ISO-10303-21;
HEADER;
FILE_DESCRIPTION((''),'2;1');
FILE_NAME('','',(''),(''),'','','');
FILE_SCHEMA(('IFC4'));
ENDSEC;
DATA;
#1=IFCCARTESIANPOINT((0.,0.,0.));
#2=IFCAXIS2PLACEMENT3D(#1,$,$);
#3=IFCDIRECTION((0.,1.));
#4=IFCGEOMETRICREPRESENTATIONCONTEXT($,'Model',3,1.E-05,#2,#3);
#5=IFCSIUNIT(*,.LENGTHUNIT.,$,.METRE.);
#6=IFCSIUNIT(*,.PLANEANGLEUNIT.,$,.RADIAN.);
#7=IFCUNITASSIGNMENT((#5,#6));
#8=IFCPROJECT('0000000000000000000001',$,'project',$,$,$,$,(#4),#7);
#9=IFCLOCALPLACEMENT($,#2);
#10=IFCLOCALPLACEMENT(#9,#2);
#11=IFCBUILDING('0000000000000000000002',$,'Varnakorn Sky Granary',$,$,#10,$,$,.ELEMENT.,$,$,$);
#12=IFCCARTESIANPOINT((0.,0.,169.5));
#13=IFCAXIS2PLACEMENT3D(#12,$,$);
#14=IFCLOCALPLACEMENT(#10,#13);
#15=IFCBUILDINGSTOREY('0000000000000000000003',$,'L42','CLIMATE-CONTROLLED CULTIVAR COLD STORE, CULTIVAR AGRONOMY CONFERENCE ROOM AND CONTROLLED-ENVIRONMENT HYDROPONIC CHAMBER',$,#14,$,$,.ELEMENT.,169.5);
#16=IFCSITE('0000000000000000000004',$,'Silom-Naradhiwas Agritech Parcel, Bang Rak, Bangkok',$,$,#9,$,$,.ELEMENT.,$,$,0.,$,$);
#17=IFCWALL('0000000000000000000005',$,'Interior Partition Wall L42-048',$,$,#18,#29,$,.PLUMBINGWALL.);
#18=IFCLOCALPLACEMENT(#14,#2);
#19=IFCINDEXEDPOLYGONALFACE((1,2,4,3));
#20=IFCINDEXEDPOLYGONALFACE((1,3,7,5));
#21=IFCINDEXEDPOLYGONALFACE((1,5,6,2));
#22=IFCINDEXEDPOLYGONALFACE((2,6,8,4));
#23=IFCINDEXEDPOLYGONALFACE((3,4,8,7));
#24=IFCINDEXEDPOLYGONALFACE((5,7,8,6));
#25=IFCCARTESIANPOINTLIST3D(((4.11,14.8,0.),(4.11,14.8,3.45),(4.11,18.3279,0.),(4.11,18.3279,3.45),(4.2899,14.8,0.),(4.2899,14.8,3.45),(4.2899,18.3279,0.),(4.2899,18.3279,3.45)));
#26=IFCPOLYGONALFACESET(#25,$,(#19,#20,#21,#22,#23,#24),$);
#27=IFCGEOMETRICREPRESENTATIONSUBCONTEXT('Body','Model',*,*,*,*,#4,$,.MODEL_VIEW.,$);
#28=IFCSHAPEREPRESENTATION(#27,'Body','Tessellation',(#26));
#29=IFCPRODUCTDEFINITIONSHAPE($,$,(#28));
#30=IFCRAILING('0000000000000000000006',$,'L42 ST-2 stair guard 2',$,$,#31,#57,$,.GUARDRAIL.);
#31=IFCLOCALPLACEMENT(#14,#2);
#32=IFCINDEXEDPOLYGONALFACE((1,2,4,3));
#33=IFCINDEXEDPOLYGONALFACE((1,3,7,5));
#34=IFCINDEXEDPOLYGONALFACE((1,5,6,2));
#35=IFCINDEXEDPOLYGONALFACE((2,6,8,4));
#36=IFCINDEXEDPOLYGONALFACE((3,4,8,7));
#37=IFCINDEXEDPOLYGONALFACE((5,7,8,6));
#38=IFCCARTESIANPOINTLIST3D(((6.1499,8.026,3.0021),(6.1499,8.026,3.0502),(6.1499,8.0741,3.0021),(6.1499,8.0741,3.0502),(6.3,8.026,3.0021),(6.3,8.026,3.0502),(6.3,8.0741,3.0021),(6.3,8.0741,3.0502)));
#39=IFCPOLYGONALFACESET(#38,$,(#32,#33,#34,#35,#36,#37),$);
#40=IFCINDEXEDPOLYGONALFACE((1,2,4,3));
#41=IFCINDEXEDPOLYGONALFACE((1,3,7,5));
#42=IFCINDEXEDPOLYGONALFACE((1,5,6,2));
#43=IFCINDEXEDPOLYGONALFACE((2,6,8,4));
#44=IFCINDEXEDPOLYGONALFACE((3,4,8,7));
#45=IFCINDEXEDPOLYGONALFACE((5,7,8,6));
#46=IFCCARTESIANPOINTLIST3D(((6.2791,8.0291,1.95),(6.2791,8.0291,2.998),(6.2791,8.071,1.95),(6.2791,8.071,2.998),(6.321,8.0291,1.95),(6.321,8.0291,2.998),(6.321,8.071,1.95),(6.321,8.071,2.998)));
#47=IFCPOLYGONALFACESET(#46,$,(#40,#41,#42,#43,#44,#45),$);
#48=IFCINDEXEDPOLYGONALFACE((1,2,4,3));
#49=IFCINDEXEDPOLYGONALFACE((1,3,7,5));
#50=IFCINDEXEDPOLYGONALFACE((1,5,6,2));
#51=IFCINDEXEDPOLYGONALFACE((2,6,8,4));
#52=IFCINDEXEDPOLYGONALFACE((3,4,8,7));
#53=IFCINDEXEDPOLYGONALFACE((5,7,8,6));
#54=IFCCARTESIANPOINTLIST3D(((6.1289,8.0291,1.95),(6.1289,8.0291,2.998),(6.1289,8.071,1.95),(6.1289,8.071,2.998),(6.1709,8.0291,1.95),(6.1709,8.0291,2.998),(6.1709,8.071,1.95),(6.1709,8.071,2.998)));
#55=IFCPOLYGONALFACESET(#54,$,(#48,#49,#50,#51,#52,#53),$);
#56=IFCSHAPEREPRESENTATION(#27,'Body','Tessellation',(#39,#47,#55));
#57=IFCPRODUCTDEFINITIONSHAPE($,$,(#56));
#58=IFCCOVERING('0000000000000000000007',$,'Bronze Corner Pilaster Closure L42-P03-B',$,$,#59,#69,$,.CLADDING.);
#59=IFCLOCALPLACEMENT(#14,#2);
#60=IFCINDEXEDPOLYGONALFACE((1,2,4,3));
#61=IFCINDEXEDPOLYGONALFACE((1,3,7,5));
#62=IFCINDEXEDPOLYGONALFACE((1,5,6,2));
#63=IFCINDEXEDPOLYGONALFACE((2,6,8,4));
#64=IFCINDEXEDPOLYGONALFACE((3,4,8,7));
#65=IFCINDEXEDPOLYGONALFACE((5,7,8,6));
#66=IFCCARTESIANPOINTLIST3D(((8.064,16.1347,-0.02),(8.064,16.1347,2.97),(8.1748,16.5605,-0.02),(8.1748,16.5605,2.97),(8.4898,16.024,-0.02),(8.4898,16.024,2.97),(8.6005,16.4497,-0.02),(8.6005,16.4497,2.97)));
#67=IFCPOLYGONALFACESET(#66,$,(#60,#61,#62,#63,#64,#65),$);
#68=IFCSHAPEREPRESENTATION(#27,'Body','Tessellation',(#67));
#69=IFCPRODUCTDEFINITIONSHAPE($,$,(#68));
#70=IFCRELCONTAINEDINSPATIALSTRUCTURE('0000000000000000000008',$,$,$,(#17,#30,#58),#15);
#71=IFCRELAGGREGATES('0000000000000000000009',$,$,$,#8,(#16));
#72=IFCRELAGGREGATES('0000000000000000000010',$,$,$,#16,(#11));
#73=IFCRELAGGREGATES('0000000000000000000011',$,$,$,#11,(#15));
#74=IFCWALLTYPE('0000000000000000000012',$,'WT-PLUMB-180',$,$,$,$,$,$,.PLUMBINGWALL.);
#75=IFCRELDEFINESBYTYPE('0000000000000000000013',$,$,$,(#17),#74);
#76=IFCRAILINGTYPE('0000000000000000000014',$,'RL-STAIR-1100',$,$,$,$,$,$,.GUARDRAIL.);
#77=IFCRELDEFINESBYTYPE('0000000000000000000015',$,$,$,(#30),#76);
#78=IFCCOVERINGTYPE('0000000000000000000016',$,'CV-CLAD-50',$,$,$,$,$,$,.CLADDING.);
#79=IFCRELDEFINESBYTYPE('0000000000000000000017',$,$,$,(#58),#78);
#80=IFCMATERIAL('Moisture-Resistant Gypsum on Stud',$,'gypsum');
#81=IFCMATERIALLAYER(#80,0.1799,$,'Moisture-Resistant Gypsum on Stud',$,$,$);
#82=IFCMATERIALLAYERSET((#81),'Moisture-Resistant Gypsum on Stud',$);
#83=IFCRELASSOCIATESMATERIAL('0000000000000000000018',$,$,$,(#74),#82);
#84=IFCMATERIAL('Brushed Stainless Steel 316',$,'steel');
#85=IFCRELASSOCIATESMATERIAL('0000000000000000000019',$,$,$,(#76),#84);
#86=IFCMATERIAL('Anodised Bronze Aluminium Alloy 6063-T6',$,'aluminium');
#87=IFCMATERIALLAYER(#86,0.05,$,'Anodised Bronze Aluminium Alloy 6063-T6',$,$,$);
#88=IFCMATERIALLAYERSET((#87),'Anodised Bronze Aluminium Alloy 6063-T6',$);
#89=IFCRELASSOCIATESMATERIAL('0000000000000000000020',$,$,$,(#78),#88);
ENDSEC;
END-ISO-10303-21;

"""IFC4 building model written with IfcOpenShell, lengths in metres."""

from ifc_helpers import new_model, si_unit, direction, frame, frame_2d, origin, origin_2d, place, context, subcontext, project, spatial, rectangle, extrude, source, transform, mapped, material, layer, layer_set, type_object, type_shapes, element, save


model = new_model("IFC4")

# Units and contexts
model_context = context("Model", 3, precision=1e-05, world=origin(), true_north=direction((0.0, 1.0)))
body_context = subcontext(model_context, "Body", "Model", "MODEL_VIEW")
ifc_project = project(units=[si_unit("LENGTHUNIT", "METRE"), si_unit("PLANEANGLEUNIT", "RADIAN")], contexts=[model_context])

# Site, building, storey
site_placement = place(None, origin())
site = spatial("IfcSite", under=ifc_project, at=site_placement, Name="Silom-Naradhiwas Agritech Parcel, Bang Rak, Bangkok", CompositionType="ELEMENT", RefElevation=0.0)
building_placement = place(site_placement, origin())
building = spatial("IfcBuilding", under=site, at=building_placement, Name="Varnakorn Sky Granary", CompositionType="ELEMENT")
storey_placement = place(building_placement, frame((0.0, 0.0, 169.5)))
storey = spatial("IfcBuildingStorey", under=building, at=storey_placement, Name="L42", Description="CLIMATE-CONTROLLED CULTIVAR COLD STORE, CULTIVAR AGRONOMY CONFERENCE ROOM AND CONTROLLED-ENVIRONMENT HYDROPONIC CHAMBER", CompositionType="ELEMENT", Elevation=169.5)

# Shared definitions
ifc_material_1 = material(Name="Anodised Bronze Aluminium Alloy 6063-T6", Category="aluminium")

# Shared definitions
ifc_material_2 = material(Name="Moisture-Resistant Gypsum on Stud", Category="gypsum")
ifc_layer_1 = layer(ifc_material_2, 0.1799, Name="Moisture-Resistant Gypsum on Stud")
ifc_layer_set_1 = layer_set([ifc_layer_1], Name="Moisture-Resistant Gypsum on Stud")
wall_type_1 = type_object("IfcWallType", Name="WT-PLUMB-180", PredefinedType="PLUMBINGWALL", material=ifc_layer_set_1)

# Wall
wall_1_placement = place(storey_placement, frame((4.2, 18.3279, 0.0), z_axis=(0.0, 0.0, 1.0), x_axis=(0.0, -1.0, 0.0)))
element("IfcWall", 1, at=wall_1_placement, inside=storey, type_object=wall_type_1, Name="Interior Partition Wall L42-048", PredefinedType="PLUMBINGWALL", context=body_context, shape_type="SweptSolid", body=[
    extrude(rectangle(XDim=3.5278, YDim=0.1799, at=frame_2d((1.7639, 0.0))), origin(), (0.0, 0.0, 1.0), 3.45),
])

# Railing
ifc_material_3 = material(Name="Brushed Stainless Steel 316", Category="steel")
railing_type = type_object("IfcRailingType", Name="RL-STAIR-1100", PredefinedType="GUARDRAIL", material=ifc_material_3)
railing_placement = place(storey_placement, frame((6.3, 8.05, 1.95)))
element("IfcRailing", 2, at=railing_placement, inside=storey, type_object=railing_type, Name="L42 ST-2 stair guard 2", PredefinedType="GUARDRAIL", context=body_context, shape_type="SweptSolid", body=[
    extrude(rectangle(XDim=0.0481, YDim=0.0481, at=origin_2d()), frame((0.0, 0.0, 1.0762), z_axis=(-1.0, 0.0, 0.0), x_axis=(0.0, -1.0, 0.0)), (0.0, 0.0, 1.0), 0.1501),
    extrude(rectangle(XDim=0.042, YDim=0.042, at=origin_2d()), origin(), (0.0, 0.0, 1.0), 1.0481),
    extrude(rectangle(XDim=0.042, YDim=0.042, at=origin_2d()), frame((-0.1501, 0.0, 0.0)), (0.0, 0.0, 1.0), 1.0481),
])

# Covering
ifc_layer_2 = layer(ifc_material_1, 0.05, Name="Anodised Bronze Aluminium Alloy 6063-T6")
ifc_layer_set_2 = layer_set([ifc_layer_2], Name="Anodised Bronze Aluminium Alloy 6063-T6")
covering_type = type_object("IfcCoveringType", Name="CV-CLAD-50", PredefinedType="CLADDING", material=ifc_layer_set_2)
shared_shape = source(origin(), body_context, "Body", "SweptSolid", [
    extrude(rectangle(XDim=0.4399, YDim=0.4399, at=origin_2d()), origin(), (0.0, 0.0, 1.0), 2.99),
])
type_shapes(covering_type, [shared_shape])
covering_placement = place(storey_placement, frame((8.3323, 16.2922, -0.02), z_axis=(0.0, 0.0, 1.0), x_axis=(0.967797, -0.251732, 0.0)))
element("IfcCovering", 3, at=covering_placement, inside=storey, type_object=covering_type, Name="Bronze Corner Pilaster Closure L42-P03-B", PredefinedType="CLADDING", context=body_context, shape_type="MappedRepresentation", body=[
    mapped(shared_shape, transform((0.0, 0.0, 0.0), x_axis=(1.0, 0.0, 0.0), y_axis=(0.0, 1.0, 0.0), z_axis=(0.0, 0.0, 1.0), scale=1.0)),
])

save(model, "model.ifc")
